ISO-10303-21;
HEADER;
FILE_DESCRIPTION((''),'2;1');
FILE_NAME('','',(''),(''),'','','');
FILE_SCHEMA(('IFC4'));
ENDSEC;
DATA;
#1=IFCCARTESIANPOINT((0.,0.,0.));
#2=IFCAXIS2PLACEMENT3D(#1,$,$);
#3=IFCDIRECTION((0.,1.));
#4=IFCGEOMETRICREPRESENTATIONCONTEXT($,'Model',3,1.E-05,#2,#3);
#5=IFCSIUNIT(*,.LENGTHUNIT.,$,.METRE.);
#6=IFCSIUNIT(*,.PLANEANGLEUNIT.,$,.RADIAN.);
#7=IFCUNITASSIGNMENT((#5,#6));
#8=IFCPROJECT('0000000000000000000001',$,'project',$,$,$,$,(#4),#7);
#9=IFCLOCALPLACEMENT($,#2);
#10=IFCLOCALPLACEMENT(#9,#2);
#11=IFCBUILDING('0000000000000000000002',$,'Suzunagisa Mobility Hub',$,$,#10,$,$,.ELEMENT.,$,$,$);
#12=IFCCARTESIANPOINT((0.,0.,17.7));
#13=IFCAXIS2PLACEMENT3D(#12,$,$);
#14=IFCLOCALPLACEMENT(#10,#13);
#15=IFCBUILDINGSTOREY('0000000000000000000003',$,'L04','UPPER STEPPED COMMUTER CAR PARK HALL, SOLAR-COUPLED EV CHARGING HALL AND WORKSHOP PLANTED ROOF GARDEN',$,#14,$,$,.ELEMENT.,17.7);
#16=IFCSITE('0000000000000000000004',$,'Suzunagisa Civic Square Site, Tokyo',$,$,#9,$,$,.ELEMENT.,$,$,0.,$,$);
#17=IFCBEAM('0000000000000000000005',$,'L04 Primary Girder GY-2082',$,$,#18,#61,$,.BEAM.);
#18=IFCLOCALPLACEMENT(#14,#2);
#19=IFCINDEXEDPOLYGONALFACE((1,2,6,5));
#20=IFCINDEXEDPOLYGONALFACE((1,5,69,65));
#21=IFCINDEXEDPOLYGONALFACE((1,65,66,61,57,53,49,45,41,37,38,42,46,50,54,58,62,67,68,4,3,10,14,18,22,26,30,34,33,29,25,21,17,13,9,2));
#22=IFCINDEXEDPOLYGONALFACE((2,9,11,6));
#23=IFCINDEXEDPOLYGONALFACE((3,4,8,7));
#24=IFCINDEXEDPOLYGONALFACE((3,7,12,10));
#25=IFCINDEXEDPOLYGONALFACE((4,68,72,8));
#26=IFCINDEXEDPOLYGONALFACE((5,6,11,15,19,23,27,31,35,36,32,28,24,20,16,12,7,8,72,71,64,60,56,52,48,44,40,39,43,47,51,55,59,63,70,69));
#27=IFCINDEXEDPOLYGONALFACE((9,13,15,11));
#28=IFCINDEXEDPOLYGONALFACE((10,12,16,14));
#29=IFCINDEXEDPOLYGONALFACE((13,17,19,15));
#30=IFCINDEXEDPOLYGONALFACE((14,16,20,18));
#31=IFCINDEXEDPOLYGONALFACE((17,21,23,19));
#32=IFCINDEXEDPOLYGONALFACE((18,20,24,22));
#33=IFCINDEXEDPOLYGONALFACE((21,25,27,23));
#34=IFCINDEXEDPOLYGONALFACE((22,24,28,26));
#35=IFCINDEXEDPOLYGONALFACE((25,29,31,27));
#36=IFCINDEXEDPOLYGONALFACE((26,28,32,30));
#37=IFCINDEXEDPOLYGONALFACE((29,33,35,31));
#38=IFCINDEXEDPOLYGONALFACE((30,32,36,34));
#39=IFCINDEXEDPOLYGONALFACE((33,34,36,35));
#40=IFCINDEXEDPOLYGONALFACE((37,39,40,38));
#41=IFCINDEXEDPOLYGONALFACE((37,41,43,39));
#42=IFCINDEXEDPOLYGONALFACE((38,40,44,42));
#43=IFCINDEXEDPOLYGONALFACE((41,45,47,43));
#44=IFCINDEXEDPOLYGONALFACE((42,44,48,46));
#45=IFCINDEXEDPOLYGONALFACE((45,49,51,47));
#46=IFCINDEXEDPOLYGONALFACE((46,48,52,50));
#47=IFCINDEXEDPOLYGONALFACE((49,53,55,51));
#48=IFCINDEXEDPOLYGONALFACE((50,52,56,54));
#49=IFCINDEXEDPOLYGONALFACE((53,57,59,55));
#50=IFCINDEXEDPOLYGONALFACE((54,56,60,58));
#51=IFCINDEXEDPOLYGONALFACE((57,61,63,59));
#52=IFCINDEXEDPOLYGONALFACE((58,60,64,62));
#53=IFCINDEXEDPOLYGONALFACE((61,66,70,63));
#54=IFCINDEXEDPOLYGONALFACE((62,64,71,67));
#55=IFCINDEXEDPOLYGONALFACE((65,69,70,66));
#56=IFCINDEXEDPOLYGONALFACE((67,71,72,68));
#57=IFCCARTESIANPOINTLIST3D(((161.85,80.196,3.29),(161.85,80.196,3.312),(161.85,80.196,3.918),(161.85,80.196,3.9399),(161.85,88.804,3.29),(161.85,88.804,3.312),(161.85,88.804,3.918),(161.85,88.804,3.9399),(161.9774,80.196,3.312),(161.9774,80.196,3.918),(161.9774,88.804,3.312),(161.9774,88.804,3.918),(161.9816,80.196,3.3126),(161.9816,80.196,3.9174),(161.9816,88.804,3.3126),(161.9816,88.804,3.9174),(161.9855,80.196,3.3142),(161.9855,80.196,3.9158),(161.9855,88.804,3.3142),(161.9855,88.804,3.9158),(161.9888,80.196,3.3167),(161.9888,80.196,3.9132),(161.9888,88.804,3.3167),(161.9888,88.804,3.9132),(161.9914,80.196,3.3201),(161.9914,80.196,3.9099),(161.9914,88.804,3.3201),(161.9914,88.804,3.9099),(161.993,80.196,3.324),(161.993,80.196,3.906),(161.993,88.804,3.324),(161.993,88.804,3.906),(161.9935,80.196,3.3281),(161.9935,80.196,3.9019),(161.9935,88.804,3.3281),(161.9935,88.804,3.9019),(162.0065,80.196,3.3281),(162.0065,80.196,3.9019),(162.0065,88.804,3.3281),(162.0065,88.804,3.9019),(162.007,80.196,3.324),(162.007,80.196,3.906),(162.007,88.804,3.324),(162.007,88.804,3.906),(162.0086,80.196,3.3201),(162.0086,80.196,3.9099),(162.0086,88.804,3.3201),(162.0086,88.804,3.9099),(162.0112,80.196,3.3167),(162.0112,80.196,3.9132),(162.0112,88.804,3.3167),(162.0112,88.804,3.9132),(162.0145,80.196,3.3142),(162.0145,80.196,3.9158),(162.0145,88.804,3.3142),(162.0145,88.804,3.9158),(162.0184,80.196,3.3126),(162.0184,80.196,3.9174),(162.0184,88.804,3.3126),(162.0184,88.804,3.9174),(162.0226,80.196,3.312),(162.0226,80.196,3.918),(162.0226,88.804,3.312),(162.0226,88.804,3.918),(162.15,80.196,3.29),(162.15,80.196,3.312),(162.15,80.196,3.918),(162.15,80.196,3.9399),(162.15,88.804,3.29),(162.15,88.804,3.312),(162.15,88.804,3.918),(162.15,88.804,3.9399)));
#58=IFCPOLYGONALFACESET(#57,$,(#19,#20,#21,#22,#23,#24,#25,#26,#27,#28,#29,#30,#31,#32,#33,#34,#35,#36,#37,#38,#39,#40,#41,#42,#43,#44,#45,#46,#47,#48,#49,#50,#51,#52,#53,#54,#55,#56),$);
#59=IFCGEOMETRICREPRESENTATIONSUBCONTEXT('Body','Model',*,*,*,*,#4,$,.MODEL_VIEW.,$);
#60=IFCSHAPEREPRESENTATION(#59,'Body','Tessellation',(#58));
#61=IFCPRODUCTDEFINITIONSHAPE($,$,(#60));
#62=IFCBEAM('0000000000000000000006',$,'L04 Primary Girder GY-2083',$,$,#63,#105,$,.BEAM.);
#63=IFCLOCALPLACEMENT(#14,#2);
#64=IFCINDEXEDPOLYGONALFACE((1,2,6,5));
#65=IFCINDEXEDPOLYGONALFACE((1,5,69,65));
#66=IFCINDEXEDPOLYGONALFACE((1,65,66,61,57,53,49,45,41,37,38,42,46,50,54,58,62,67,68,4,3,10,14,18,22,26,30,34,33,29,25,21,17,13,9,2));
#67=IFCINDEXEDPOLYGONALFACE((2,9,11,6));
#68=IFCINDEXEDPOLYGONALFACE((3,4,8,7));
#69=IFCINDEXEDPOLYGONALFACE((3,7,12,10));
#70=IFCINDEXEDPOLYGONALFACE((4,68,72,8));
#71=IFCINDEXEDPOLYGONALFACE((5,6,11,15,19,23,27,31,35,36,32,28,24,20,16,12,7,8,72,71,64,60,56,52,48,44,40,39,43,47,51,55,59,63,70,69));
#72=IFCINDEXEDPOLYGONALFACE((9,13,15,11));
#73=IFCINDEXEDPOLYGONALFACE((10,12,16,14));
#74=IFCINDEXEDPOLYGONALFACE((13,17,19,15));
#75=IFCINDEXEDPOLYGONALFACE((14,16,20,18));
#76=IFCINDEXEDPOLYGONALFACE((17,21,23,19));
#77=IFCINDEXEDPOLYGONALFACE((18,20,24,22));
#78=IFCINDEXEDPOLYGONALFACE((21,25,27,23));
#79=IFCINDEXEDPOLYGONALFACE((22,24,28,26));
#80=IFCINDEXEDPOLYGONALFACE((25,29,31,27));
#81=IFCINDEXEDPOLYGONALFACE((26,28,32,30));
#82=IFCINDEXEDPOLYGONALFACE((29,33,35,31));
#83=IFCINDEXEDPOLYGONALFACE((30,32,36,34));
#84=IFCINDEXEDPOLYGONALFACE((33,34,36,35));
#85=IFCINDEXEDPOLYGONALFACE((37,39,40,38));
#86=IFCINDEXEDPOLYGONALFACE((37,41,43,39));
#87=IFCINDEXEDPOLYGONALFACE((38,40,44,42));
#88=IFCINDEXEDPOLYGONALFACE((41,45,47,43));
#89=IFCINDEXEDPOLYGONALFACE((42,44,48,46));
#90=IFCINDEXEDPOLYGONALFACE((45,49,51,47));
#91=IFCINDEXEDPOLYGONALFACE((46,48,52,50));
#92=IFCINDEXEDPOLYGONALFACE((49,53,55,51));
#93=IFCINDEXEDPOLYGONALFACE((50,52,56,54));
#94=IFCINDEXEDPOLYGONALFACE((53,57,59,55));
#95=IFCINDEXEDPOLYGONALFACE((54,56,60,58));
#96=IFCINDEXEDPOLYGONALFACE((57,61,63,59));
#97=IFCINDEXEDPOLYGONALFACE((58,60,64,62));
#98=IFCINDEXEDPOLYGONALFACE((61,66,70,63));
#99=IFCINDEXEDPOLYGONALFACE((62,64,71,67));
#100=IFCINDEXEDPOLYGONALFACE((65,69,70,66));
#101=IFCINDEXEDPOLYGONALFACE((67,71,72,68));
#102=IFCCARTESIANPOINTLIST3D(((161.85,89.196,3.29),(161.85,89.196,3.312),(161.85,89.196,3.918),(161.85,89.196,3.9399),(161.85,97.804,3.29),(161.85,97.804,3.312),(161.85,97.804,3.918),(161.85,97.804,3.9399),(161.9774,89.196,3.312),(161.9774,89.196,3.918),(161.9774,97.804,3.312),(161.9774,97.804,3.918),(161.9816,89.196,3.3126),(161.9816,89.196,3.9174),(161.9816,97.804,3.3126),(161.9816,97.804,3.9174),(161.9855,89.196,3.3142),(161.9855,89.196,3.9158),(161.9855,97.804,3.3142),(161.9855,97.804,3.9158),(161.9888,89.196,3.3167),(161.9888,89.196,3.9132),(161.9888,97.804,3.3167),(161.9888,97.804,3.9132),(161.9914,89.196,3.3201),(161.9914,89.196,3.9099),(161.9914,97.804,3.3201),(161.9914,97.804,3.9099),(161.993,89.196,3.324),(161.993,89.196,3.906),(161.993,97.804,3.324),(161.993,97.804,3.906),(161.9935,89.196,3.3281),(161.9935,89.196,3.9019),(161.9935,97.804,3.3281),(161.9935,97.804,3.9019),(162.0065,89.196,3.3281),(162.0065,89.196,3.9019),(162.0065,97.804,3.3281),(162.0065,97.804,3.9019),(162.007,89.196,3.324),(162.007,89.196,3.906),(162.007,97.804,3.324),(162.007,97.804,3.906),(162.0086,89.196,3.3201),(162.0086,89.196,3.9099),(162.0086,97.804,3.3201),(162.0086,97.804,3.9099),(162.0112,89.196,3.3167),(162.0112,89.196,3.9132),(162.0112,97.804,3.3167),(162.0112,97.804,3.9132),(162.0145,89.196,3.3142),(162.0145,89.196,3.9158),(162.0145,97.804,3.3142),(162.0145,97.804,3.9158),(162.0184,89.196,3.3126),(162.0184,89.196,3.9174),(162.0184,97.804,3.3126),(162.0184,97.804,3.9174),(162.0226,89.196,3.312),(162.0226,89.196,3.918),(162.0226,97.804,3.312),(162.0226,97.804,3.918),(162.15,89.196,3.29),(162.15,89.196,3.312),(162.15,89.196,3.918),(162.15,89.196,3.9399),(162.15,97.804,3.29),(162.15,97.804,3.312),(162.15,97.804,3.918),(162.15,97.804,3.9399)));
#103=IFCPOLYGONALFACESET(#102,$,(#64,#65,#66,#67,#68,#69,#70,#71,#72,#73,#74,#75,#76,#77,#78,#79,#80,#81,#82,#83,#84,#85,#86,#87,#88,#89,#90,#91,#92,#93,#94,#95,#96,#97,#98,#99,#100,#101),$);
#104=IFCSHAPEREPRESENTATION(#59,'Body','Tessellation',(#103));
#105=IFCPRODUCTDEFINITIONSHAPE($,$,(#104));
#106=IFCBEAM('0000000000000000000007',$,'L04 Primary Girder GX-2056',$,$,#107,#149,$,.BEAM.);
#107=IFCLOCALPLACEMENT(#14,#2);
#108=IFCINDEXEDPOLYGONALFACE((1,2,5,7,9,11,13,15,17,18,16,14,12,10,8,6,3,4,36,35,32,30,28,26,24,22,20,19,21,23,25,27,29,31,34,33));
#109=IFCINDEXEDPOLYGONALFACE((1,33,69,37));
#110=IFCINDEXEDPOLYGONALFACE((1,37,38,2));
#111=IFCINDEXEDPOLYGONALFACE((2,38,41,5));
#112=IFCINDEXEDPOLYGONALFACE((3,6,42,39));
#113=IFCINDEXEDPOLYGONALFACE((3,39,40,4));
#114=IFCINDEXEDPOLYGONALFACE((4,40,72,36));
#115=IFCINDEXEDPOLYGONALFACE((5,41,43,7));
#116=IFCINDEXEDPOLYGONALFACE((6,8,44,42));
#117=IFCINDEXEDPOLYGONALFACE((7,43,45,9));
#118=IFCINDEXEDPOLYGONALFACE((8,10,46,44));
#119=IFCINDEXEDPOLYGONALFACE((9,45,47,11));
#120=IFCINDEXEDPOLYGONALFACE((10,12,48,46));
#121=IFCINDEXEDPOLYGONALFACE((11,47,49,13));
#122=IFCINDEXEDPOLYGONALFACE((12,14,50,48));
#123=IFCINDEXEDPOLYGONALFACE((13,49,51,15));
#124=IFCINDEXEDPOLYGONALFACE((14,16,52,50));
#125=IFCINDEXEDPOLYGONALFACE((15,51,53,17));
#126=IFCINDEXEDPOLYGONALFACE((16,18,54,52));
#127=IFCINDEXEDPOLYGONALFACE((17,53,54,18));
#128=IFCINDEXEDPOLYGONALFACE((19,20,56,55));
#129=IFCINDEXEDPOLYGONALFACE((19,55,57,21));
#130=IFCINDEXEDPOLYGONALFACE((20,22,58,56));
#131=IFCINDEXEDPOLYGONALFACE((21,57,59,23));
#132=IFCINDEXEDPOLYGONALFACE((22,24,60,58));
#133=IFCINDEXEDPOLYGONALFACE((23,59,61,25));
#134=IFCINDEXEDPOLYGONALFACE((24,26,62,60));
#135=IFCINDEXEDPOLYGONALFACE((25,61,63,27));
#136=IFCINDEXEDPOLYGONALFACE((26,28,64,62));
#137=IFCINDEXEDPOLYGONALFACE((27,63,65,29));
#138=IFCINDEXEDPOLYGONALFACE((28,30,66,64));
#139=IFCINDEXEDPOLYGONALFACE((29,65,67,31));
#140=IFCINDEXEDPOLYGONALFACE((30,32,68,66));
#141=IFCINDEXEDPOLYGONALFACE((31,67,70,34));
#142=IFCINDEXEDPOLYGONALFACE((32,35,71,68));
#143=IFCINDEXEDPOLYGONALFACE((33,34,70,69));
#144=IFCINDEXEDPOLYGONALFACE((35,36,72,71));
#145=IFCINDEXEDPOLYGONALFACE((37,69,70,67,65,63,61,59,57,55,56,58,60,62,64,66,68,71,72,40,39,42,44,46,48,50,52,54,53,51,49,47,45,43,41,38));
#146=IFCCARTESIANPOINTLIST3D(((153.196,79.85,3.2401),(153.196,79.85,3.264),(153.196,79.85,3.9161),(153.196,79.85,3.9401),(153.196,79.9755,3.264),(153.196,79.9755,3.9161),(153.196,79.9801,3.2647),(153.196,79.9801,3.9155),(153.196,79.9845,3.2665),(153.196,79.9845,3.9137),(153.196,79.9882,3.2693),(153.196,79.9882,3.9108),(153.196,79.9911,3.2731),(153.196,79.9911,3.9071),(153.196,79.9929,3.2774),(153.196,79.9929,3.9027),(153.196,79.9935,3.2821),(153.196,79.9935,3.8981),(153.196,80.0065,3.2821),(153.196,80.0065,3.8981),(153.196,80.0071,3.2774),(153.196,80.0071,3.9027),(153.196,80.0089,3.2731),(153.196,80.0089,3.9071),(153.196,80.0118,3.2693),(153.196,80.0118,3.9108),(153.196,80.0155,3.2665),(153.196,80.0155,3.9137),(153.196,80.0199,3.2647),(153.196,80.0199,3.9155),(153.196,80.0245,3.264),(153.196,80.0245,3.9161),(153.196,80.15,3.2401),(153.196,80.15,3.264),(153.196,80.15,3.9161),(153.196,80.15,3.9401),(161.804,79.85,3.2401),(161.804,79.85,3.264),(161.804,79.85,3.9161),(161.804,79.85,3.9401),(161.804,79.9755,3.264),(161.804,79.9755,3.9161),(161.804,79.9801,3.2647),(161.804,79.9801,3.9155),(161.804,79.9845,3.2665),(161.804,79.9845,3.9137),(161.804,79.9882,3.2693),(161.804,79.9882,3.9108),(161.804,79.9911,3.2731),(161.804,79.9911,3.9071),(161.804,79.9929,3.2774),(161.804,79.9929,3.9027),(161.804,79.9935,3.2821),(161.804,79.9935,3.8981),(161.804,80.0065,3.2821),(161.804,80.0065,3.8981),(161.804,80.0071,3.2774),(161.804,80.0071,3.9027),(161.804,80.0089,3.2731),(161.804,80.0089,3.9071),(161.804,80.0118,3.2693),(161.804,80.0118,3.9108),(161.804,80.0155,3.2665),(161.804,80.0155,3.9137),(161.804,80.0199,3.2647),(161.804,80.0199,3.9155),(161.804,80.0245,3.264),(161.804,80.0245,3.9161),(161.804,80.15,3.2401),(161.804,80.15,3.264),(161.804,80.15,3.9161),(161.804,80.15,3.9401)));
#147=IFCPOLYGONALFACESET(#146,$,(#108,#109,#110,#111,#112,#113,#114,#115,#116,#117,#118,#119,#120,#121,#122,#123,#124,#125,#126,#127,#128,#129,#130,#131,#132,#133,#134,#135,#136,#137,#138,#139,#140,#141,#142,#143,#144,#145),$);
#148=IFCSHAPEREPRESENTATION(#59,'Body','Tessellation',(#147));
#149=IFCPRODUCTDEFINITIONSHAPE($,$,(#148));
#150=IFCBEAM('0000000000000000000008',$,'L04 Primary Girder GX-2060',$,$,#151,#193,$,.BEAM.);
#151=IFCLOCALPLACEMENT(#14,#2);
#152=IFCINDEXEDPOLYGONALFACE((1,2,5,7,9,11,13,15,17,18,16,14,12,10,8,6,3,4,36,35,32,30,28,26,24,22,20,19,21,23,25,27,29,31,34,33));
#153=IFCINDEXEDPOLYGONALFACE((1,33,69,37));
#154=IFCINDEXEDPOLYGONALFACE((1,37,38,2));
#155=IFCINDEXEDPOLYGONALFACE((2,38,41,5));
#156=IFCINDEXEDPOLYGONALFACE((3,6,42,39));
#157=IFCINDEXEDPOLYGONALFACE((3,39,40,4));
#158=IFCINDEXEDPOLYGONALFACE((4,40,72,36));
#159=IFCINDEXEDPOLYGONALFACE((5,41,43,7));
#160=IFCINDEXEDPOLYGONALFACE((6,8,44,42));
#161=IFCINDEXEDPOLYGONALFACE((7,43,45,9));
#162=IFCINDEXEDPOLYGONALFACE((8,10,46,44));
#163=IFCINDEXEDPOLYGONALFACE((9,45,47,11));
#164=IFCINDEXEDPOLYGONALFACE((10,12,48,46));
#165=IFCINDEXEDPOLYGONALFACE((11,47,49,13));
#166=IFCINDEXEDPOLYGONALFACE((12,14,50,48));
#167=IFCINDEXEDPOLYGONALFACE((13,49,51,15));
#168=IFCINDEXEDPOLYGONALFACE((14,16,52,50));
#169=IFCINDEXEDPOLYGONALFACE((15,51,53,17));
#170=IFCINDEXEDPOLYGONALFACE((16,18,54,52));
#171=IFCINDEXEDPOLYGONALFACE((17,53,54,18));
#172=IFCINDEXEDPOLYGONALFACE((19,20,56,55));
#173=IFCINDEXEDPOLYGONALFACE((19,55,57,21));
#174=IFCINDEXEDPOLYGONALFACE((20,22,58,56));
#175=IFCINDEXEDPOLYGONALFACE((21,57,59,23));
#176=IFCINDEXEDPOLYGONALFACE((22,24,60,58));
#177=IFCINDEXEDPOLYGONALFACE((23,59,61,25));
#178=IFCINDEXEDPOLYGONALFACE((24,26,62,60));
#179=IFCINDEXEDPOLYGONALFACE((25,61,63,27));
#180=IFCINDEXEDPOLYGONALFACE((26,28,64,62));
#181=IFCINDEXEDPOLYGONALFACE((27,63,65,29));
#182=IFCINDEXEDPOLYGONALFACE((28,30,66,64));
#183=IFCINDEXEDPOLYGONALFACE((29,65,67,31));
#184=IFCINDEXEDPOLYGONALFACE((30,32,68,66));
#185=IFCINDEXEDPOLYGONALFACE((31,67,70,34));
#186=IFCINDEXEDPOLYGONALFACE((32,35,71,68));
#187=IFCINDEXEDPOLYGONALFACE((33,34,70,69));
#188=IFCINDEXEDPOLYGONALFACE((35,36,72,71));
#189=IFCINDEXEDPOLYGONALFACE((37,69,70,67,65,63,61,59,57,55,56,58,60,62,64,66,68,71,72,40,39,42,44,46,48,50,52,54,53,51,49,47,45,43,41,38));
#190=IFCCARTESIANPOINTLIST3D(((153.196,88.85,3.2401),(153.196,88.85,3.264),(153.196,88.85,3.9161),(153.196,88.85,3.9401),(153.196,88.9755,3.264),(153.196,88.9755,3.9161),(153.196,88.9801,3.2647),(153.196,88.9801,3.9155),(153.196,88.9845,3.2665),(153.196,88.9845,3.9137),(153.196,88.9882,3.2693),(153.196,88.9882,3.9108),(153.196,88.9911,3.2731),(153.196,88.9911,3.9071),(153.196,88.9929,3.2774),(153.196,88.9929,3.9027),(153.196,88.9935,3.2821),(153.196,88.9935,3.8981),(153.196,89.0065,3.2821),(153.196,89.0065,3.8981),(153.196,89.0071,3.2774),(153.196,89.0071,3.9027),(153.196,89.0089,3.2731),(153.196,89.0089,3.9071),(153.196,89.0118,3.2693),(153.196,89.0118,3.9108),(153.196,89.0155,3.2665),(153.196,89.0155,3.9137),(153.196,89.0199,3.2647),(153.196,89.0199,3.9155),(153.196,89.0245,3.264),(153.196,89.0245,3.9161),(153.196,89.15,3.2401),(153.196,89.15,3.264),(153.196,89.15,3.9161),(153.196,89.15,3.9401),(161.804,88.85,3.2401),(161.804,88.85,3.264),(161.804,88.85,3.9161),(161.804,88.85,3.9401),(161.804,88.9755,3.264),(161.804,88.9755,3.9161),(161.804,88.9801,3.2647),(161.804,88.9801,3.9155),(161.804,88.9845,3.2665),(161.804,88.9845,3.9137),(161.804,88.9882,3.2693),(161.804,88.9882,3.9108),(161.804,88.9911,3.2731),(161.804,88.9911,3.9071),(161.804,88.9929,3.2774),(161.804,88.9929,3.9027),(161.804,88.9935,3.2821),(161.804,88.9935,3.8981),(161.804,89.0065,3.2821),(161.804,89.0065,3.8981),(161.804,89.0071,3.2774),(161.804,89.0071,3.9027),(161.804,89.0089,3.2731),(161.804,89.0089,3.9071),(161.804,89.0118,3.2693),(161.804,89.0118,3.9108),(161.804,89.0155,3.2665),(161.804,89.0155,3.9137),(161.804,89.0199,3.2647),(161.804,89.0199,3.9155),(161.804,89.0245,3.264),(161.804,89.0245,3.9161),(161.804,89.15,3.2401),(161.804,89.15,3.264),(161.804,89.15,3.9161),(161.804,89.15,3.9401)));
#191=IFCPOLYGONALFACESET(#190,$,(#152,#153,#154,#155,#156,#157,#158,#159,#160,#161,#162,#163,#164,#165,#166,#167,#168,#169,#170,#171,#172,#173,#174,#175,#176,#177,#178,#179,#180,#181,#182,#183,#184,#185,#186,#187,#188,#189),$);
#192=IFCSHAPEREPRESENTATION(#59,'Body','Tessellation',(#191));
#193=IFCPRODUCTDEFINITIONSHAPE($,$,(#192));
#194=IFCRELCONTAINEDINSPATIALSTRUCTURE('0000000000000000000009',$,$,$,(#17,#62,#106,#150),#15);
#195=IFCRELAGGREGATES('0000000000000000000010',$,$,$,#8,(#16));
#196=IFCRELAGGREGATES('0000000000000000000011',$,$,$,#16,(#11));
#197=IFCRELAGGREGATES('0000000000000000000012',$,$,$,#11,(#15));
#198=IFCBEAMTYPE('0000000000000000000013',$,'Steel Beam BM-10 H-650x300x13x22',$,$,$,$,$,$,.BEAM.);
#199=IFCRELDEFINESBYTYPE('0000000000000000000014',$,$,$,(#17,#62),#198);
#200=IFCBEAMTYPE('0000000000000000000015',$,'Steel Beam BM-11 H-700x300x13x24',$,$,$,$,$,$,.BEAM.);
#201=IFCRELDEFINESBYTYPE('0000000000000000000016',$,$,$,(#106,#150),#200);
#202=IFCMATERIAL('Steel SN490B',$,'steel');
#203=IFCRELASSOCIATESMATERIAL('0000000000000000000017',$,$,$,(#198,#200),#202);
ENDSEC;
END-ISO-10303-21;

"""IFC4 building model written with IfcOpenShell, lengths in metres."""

from ifc_helpers import new_model, si_unit, direction, frame, origin, origin_2d, place, context, subcontext, project, spatial, i_section, extrude, material, material_profile, profile_set, type_object, element, save


model = new_model("IFC4")

# Units and contexts
model_context = context("Model", 3, precision=1e-05, world=origin(), true_north=direction((0.0, 1.0)))
body_context = subcontext(model_context, "Body", "Model", "MODEL_VIEW")
ifc_project = project(units=[si_unit("LENGTHUNIT", "METRE"), si_unit("PLANEANGLEUNIT", "RADIAN")], contexts=[model_context])

# Site, building, storey
site_placement = place(None, origin())
site = spatial("IfcSite", under=ifc_project, at=site_placement, Name="Suzunagisa Civic Square Site, Tokyo", CompositionType="ELEMENT", RefElevation=0.0)
building_placement = place(site_placement, origin())
building = spatial("IfcBuilding", under=site, at=building_placement, Name="Suzunagisa Mobility Hub", CompositionType="ELEMENT")
storey_placement = place(building_placement, frame((0.0, 0.0, 17.7)))
storey = spatial("IfcBuildingStorey", under=building, at=storey_placement, Name="L04", Description="UPPER STEPPED COMMUTER CAR PARK HALL, SOLAR-COUPLED EV CHARGING HALL AND WORKSHOP PLANTED ROOF GARDEN", CompositionType="ELEMENT", Elevation=17.7)

# Shared definitions
ifc_material_1 = material(Name="Steel SN490B", Category="steel")

# Beams
ifc_material_profile_1 = material_profile(ifc_material_1, i_section(OverallWidth=0.3, OverallDepth=0.6499, WebThickness=0.0129, FlangeThickness=0.022, FilletRadius=0.0161, at=origin_2d()), Name="H-650x300x13x22")
ifc_profile_set_1 = profile_set([ifc_material_profile_1], Name="Steel SN490B")
beam_type_1 = type_object("IfcBeamType", Name="Steel Beam BM-10 H-650x300x13x22", PredefinedType="BEAM", material=ifc_profile_set_1)
for number, where, z_axis, x_axis, name in (
    (1, (162.0, 80.196, 3.615), (0.0, 1.0, 0.0), (-1.0, 0.0, 0.0), "L04 Primary Girder GY-2082"),
    (2, (162.0, 89.196, 3.615), (0.0, 1.0, 0.0), (-1.0, 0.0, 0.0), "L04 Primary Girder GY-2083"),
):
    element("IfcBeam", number, at=place(storey_placement, frame(where, z_axis=z_axis, x_axis=x_axis)), inside=storey, type_object=beam_type_1, Name=name, PredefinedType="BEAM", context=body_context, shape_type="SweptSolid", body=[
        extrude(i_section(OverallWidth=0.3, OverallDepth=0.6499, WebThickness=0.0129, FlangeThickness=0.022, FilletRadius=0.0161, at=origin_2d()), origin(), (0.0, 0.0, 1.0), 8.6079),
    ])
ifc_material_profile_2 = material_profile(ifc_material_1, i_section(OverallWidth=0.3, OverallDepth=0.7, WebThickness=0.0129, FlangeThickness=0.0239, FilletRadius=0.0181, at=origin_2d()), Name="H-700x300x13x24")
ifc_profile_set_2 = profile_set([ifc_material_profile_2], Name="Steel SN490B")
beam_type_2 = type_object("IfcBeamType", Name="Steel Beam BM-11 H-700x300x13x24", PredefinedType="BEAM", material=ifc_profile_set_2)
for number, where, z_axis, x_axis, name in (
    (3, (153.196, 80.0, 3.5901), (1.0, 0.0, 0.0), (0.0, 1.0, 0.0), "L04 Primary Girder GX-2056"),
    (4, (153.196, 89.0, 3.5901), (1.0, 0.0, 0.0), (0.0, 1.0, 0.0), "L04 Primary Girder GX-2060"),
):
    element("IfcBeam", number, at=place(storey_placement, frame(where, z_axis=z_axis, x_axis=x_axis)), inside=storey, type_object=beam_type_2, Name=name, PredefinedType="BEAM", context=body_context, shape_type="SweptSolid", body=[
        extrude(i_section(OverallWidth=0.3, OverallDepth=0.7, WebThickness=0.0129, FlangeThickness=0.0239, FilletRadius=0.0181, at=origin_2d()), origin(), (0.0, 0.0, 1.0), 8.6079),
    ])

save(model, "model.ifc")
